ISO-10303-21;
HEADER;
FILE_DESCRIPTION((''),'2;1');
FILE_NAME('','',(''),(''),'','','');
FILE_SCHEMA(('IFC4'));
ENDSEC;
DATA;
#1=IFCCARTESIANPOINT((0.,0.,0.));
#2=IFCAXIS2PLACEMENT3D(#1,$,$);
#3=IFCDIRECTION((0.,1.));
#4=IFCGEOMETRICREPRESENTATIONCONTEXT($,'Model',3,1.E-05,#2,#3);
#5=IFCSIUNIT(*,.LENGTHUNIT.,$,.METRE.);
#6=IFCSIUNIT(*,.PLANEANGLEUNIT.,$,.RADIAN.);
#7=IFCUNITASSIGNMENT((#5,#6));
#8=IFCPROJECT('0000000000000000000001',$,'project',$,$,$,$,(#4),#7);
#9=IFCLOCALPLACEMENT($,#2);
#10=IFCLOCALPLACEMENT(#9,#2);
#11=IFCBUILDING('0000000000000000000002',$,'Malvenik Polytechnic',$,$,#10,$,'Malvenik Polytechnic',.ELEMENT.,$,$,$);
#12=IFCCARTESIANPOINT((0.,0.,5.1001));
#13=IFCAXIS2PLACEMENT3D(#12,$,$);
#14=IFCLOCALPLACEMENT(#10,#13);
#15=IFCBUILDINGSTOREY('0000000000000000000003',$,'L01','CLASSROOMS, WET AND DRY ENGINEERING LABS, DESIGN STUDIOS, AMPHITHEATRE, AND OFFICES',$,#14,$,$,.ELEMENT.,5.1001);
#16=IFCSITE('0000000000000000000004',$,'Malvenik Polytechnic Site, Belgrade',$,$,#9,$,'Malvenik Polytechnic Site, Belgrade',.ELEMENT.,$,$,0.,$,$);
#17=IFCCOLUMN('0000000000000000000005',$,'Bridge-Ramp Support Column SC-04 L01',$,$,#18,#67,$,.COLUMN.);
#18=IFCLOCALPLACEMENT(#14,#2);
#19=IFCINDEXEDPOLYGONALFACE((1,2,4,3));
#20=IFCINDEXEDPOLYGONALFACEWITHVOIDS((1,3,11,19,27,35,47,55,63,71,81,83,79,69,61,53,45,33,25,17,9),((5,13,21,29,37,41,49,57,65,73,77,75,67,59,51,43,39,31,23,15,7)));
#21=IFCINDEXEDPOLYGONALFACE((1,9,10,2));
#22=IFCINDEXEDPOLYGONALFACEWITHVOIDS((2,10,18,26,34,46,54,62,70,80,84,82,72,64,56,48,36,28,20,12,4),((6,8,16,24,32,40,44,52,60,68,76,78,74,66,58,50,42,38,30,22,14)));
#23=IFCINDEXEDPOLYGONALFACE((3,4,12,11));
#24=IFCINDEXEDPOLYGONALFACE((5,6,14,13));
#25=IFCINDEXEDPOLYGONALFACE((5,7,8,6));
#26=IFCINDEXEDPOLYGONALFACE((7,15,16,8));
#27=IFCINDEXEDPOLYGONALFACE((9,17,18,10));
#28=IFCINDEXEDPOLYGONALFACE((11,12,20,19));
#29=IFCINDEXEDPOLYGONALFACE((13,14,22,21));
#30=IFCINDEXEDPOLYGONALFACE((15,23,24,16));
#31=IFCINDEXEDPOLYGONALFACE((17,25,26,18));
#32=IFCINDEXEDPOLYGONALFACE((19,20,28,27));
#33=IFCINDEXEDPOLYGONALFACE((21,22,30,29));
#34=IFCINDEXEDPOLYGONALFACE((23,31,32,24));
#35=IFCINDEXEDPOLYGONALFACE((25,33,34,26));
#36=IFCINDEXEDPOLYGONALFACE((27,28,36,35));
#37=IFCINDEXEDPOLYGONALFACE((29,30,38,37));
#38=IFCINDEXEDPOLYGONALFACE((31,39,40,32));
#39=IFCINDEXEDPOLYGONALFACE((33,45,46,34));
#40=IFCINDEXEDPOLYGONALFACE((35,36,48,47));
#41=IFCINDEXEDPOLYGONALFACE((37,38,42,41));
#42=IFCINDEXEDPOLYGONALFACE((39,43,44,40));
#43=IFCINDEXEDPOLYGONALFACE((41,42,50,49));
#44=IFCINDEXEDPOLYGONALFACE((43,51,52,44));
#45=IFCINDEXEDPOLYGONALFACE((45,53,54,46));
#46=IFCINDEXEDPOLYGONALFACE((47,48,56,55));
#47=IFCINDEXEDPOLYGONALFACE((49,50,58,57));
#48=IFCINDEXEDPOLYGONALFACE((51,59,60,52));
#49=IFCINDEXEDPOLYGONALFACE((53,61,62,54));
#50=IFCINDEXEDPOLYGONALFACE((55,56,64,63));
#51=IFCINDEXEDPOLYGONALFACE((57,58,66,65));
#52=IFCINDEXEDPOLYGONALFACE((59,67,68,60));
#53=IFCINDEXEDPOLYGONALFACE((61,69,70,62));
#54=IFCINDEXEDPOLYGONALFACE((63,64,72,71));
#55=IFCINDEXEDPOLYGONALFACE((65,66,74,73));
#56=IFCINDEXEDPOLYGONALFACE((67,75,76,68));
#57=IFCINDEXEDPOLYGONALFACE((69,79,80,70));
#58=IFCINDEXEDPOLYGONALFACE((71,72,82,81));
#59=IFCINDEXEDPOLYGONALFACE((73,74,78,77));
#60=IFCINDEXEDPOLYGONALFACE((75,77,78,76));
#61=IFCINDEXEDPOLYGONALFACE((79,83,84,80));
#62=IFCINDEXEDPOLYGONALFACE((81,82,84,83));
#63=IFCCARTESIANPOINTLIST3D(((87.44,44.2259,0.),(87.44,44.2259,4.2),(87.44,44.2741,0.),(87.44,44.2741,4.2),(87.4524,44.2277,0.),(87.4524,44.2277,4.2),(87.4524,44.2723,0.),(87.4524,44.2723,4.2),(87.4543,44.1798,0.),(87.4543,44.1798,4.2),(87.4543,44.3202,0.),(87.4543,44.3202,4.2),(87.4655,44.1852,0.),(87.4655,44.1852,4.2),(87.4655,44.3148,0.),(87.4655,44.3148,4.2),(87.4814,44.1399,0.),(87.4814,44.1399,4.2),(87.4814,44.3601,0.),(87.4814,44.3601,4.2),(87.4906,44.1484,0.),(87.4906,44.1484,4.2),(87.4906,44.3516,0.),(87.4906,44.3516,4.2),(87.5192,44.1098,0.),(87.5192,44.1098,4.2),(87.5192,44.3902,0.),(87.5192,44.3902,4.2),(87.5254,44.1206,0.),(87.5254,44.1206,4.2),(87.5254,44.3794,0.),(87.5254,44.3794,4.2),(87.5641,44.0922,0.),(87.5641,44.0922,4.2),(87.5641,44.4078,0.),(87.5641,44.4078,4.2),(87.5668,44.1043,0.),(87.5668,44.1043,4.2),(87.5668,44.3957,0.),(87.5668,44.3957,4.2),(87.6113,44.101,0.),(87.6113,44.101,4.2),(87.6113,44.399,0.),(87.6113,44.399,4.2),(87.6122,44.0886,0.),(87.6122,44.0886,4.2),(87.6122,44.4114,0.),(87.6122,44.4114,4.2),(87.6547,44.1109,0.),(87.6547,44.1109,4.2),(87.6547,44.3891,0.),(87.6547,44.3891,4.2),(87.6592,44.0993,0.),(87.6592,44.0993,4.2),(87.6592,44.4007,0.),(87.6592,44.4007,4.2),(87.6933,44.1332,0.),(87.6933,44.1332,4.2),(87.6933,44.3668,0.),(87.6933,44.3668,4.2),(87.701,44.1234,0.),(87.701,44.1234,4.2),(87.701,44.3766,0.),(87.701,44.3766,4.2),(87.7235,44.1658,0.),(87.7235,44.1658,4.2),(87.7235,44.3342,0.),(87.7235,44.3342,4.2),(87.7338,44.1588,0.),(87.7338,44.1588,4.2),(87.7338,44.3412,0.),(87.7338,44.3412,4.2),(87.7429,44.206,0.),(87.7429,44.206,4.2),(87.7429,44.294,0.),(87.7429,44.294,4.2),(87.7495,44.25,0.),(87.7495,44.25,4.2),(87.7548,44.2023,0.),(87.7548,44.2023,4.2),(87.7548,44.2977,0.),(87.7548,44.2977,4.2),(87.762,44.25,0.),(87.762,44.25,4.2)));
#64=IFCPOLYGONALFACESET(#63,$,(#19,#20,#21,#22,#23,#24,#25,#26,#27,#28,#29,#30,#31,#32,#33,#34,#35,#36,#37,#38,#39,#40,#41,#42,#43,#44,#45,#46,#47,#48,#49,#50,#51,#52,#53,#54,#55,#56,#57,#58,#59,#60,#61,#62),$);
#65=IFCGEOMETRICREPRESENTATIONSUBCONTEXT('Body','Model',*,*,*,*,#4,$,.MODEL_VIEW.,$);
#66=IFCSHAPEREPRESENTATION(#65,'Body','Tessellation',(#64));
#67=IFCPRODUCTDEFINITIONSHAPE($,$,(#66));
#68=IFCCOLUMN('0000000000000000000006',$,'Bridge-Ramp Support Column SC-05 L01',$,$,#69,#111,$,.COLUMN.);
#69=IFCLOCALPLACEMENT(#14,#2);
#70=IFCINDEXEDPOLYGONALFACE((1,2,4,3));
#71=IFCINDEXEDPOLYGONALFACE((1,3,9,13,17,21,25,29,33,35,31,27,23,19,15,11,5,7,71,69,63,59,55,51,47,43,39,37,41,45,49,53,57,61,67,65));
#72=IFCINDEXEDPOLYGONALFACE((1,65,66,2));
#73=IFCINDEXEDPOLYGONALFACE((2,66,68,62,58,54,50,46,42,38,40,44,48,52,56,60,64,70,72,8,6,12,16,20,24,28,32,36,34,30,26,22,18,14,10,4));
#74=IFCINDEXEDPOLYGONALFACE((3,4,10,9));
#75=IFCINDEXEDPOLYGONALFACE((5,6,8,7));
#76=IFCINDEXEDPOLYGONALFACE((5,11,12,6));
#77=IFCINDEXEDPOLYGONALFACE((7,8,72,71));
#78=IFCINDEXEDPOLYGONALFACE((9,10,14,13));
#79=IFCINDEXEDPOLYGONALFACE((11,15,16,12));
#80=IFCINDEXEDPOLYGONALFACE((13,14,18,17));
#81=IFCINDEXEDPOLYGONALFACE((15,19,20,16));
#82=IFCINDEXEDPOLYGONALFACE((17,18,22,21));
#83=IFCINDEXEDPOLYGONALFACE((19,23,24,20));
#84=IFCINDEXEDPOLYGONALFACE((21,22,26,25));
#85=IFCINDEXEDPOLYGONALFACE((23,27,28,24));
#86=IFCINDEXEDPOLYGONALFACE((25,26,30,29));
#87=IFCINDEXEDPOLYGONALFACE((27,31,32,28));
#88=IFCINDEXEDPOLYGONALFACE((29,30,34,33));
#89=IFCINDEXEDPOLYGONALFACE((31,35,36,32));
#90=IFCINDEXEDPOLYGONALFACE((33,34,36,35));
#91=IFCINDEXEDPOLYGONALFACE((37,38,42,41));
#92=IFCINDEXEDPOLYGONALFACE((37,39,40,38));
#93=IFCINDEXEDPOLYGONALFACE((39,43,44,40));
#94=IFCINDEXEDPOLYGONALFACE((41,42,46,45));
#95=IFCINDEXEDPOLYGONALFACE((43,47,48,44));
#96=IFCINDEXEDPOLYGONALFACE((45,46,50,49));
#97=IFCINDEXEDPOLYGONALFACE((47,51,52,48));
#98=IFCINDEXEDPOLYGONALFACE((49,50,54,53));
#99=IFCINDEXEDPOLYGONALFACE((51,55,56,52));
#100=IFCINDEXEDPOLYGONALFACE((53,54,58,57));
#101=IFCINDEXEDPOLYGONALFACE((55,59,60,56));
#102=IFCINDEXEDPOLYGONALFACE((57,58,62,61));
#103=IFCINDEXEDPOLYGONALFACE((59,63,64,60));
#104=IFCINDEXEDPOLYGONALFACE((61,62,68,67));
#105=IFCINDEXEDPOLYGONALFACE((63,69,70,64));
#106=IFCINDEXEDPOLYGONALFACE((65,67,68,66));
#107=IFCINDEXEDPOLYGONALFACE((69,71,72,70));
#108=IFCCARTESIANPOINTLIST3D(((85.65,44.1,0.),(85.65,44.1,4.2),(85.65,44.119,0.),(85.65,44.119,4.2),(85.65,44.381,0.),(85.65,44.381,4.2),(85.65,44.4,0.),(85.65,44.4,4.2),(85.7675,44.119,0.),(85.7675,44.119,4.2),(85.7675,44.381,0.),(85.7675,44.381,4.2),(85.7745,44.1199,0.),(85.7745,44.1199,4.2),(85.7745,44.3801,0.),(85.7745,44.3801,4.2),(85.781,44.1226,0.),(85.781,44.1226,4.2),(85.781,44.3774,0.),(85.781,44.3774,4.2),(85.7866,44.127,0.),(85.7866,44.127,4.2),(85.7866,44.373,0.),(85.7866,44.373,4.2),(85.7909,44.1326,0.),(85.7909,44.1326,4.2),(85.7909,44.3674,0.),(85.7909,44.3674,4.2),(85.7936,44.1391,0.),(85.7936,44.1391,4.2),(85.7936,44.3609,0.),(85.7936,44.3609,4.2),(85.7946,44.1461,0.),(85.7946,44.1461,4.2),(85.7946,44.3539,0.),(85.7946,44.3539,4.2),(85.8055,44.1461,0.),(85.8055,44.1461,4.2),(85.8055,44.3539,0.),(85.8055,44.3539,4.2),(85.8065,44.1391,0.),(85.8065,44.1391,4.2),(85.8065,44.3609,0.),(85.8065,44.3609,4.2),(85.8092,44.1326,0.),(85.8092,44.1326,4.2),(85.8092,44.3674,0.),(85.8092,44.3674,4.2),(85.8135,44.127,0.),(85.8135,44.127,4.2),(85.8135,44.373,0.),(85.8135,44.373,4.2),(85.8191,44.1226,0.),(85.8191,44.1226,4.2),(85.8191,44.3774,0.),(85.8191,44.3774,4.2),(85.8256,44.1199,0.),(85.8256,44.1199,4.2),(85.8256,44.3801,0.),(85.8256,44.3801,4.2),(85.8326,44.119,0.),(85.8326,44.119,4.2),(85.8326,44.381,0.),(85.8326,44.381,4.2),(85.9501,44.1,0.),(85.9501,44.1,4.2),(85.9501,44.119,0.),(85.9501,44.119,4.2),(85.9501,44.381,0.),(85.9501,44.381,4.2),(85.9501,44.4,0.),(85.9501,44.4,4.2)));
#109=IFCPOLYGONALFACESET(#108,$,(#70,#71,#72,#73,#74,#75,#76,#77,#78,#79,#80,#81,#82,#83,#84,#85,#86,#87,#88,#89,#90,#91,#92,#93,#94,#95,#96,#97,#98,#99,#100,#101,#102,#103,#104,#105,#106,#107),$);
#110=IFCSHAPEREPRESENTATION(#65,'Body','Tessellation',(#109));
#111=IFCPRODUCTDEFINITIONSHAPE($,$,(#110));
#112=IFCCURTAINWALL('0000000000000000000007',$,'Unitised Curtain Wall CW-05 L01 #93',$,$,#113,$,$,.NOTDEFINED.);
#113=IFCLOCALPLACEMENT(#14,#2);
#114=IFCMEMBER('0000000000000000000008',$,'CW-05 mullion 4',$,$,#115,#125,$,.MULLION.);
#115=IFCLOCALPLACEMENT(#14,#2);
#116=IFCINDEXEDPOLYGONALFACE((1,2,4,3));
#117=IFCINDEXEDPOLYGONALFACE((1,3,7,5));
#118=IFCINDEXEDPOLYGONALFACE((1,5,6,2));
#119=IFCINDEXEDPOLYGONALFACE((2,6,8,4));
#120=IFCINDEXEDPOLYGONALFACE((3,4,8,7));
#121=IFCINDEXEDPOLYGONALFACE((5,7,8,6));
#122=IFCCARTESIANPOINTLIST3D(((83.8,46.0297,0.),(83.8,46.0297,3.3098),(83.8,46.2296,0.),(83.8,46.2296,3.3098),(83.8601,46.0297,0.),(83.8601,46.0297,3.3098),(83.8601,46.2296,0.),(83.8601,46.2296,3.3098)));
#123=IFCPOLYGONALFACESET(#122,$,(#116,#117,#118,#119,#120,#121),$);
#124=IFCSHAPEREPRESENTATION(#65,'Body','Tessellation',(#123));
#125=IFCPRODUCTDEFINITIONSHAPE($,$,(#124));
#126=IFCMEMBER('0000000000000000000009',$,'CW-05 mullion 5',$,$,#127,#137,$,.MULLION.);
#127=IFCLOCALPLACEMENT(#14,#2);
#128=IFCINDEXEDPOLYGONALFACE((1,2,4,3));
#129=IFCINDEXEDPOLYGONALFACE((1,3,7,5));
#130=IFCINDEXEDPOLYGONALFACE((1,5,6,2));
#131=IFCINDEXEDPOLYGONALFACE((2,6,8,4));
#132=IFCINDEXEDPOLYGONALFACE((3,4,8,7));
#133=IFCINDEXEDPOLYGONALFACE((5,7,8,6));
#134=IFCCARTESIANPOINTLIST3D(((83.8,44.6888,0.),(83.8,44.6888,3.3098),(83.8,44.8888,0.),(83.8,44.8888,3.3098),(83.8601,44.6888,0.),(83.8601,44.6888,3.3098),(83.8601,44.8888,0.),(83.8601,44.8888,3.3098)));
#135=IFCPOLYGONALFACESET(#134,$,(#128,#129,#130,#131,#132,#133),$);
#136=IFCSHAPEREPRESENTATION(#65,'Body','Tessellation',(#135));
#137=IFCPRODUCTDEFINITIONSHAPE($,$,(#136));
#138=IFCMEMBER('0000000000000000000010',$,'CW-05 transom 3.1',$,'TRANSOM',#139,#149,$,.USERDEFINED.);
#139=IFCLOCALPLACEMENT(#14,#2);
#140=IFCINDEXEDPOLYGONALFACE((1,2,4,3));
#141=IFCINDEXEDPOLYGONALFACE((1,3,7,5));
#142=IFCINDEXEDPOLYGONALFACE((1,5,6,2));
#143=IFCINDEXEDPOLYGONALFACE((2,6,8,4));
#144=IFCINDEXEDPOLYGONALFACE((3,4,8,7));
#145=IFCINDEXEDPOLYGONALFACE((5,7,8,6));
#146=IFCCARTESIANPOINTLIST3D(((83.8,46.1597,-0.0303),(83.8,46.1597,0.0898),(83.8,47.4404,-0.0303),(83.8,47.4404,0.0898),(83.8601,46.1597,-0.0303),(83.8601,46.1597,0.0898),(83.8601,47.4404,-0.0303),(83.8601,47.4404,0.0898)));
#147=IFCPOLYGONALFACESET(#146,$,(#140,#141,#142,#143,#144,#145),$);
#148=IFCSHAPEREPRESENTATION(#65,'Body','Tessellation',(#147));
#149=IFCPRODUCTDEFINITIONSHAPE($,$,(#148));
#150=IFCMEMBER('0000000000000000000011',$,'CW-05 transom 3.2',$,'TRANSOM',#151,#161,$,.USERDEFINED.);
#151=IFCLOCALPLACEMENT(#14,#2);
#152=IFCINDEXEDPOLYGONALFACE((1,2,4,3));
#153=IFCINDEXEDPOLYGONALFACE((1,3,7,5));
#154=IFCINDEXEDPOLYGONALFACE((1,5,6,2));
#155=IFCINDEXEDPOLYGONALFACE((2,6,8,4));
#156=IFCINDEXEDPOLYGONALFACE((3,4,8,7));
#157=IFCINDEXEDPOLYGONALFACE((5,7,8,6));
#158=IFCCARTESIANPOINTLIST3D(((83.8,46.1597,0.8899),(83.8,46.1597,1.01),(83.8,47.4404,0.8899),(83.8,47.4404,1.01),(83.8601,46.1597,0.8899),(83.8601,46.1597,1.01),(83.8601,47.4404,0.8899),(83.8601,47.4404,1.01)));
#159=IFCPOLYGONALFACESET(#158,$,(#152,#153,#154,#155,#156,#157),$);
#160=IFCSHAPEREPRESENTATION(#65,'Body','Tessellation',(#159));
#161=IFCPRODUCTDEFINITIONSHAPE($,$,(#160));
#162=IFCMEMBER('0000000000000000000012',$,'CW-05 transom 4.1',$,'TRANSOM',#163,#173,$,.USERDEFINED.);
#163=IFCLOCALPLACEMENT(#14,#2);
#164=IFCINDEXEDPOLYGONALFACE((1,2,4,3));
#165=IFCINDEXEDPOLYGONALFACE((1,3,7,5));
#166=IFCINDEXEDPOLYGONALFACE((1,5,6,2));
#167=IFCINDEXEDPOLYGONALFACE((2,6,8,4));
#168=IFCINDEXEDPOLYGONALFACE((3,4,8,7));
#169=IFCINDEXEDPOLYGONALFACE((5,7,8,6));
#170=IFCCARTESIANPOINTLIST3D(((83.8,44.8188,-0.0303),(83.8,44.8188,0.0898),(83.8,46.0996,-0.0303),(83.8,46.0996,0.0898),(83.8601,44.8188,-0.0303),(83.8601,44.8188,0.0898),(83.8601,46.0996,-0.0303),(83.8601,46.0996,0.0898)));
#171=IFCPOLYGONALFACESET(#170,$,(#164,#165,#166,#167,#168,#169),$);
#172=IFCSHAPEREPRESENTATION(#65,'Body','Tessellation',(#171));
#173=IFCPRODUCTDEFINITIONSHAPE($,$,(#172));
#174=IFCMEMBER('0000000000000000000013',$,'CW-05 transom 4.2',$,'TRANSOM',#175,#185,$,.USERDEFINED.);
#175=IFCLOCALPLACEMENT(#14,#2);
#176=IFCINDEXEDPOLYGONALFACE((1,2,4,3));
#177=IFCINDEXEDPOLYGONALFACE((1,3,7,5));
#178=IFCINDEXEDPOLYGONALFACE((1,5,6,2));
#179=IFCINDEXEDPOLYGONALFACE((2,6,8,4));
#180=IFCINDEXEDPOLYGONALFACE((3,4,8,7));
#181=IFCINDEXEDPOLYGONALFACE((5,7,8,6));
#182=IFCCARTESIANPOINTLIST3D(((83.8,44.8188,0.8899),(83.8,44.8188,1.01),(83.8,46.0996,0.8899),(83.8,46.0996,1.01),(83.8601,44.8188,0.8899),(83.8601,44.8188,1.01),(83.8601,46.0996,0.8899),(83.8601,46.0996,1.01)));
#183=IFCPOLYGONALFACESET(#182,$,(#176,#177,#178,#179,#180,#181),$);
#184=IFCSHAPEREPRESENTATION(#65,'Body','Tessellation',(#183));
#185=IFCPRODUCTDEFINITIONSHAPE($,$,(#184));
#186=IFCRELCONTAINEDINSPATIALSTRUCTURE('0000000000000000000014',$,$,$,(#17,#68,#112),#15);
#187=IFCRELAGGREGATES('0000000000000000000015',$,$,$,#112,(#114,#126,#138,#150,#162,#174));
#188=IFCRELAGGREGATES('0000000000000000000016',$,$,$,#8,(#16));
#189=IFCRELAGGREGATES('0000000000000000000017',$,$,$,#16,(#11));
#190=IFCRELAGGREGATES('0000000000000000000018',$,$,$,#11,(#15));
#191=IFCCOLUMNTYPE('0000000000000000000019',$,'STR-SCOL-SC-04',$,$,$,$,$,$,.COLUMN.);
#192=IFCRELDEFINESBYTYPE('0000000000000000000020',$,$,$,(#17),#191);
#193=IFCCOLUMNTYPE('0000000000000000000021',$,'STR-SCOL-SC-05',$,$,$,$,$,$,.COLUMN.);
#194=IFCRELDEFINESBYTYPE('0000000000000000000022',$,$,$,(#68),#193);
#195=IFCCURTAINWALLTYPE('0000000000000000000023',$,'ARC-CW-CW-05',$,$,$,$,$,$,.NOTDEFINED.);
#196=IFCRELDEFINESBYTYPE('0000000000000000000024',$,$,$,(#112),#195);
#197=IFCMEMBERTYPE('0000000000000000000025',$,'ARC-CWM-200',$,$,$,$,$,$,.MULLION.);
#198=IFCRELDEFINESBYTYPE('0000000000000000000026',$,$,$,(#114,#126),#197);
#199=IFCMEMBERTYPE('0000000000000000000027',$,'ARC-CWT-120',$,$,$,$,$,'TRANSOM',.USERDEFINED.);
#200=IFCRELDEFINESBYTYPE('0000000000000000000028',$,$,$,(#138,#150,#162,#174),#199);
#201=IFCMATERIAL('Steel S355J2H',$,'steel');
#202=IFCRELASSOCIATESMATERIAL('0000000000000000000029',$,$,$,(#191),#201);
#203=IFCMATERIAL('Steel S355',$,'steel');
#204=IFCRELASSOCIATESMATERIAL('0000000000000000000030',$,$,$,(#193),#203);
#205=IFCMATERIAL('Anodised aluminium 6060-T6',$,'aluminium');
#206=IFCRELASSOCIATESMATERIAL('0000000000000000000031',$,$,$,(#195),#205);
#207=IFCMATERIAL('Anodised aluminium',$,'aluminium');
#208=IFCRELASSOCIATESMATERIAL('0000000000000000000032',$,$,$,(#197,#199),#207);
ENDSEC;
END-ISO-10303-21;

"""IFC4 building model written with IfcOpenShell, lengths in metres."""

from ifc_helpers import new_model, si_unit, direction, frame, origin, origin_2d, place, context, subcontext, project, spatial, rectangle, hollow_circle, i_section, extrude, material, material_profile, profile_set, type_object, element, aggregate, save


model = new_model("IFC4")

# Units and contexts
model_context = context("Model", 3, precision=1e-05, world=origin(), true_north=direction((0.0, 1.0)))
body_context = subcontext(model_context, "Body", "Model", "MODEL_VIEW")
ifc_project = project(units=[si_unit("LENGTHUNIT", "METRE"), si_unit("PLANEANGLEUNIT", "RADIAN")], contexts=[model_context])

# Site, building, storey
site_placement = place(None, origin())
site = spatial("IfcSite", under=ifc_project, at=site_placement, Name="Malvenik Polytechnic Site, Belgrade", LongName="Malvenik Polytechnic Site, Belgrade", CompositionType="ELEMENT", RefElevation=0.0)
building_placement = place(site_placement, origin())
building = spatial("IfcBuilding", under=site, at=building_placement, Name="Malvenik Polytechnic", LongName="Malvenik Polytechnic", CompositionType="ELEMENT")
storey_placement = place(building_placement, frame((0.0, 0.0, 5.1001)))
storey = spatial("IfcBuildingStorey", under=building, at=storey_placement, Name="L01", Description="CLASSROOMS, WET AND DRY ENGINEERING LABS, DESIGN STUDIOS, AMPHITHEATRE, AND OFFICES", CompositionType="ELEMENT", Elevation=5.1001)

# Columns
ifc_material_1 = material(Name="Steel S355J2H", Category="steel")
ifc_material_profile_1 = material_profile(ifc_material_1, hollow_circle(Radius=0.1619, WallThickness=0.0125, at=origin_2d()), Name="CHS 323.9x12.5")
ifc_profile_set_1 = profile_set([ifc_material_profile_1], Name="Steel S355J2H")
column_type_1 = type_object("IfcColumnType", Name="STR-SCOL-SC-04", PredefinedType="COLUMN", material=ifc_profile_set_1)
column_1_placement = place(storey_placement, frame((87.6001, 44.25, 0.0), z_axis=(0.0, 0.0, 1.0), x_axis=(1.0, 0.0, 0.0)))
element("IfcColumn", 1, at=column_1_placement, inside=storey, type_object=column_type_1, Name="Bridge-Ramp Support Column SC-04 L01", PredefinedType="COLUMN", context=body_context, shape_type="SweptSolid", body=[
    extrude(hollow_circle(Radius=0.1619, WallThickness=0.0125, at=origin_2d()), origin(), (0.0, 0.0, 1.0), 4.2),
])
ifc_material_2 = material(Name="Steel S355", Category="steel")
ifc_material_profile_2 = material_profile(ifc_material_2, i_section(OverallWidth=0.3, OverallDepth=0.3, WebThickness=0.011, FlangeThickness=0.019, FilletRadius=0.0271, at=origin_2d()), Name="HEB 300")
ifc_profile_set_2 = profile_set([ifc_material_profile_2], Name="Steel S355")
column_type_2 = type_object("IfcColumnType", Name="STR-SCOL-SC-05", PredefinedType="COLUMN", material=ifc_profile_set_2)
column_2_placement = place(storey_placement, frame((85.8, 44.25, 0.0), z_axis=(0.0, 0.0, 1.0), x_axis=(1.0, 0.0, 0.0)))
element("IfcColumn", 2, at=column_2_placement, inside=storey, type_object=column_type_2, Name="Bridge-Ramp Support Column SC-05 L01", PredefinedType="COLUMN", context=body_context, shape_type="SweptSolid", body=[
    extrude(i_section(OverallWidth=0.3, OverallDepth=0.3, WebThickness=0.011, FlangeThickness=0.019, FilletRadius=0.0271, at=origin_2d()), origin(), (0.0, 0.0, 1.0), 4.2),
])

# Curtain wall, members
ifc_material_3 = material(Name="Anodised aluminium 6060-T6", Category="aluminium")
curtain_wall_type = type_object("IfcCurtainWallType", Name="ARC-CW-CW-05", PredefinedType="NOTDEFINED", material=ifc_material_3)
curtain_wall_placement = place(storey_placement, origin())
curtain_wall = element("IfcCurtainWall", 3, at=curtain_wall_placement, inside=storey, type_object=curtain_wall_type, Name="Unitised Curtain Wall CW-05 L01 #93", PredefinedType="NOTDEFINED")
ifc_material_4 = material(Name="Anodised aluminium", Category="aluminium")
ifc_material_profile_3 = material_profile(ifc_material_4, rectangle(XDim=0.0601, YDim=0.2, at=origin_2d()), Name="ALU MULLION 60x200")
ifc_profile_set_3 = profile_set([ifc_material_profile_3], Name="Anodised aluminium")
member_type_1 = type_object("IfcMemberType", Name="ARC-CWM-200", PredefinedType="MULLION", material=ifc_profile_set_3)
member_1_placement = place(storey_placement, frame((83.8301, 46.1296, 0.0), z_axis=(0.0, 0.0, 1.0), x_axis=(1.0, 0.0, 0.0)))
member_1 = element("IfcMember", 4, at=member_1_placement, type_object=member_type_1, Name="CW-05 mullion 4", PredefinedType="MULLION", context=body_context, shape_type="SweptSolid", body=[
    extrude(rectangle(XDim=0.0601, YDim=0.2, at=origin_2d()), origin(), (0.0, 0.0, 1.0), 3.3098),
])
member_2_placement = place(storey_placement, frame((83.8301, 44.7888, 0.0), z_axis=(0.0, 0.0, 1.0), x_axis=(1.0, 0.0, 0.0)))
member_2 = element("IfcMember", 5, at=member_2_placement, type_object=member_type_1, Name="CW-05 mullion 5", PredefinedType="MULLION", context=body_context, shape_type="SweptSolid", body=[
    extrude(rectangle(XDim=0.0601, YDim=0.2, at=origin_2d()), origin(), (0.0, 0.0, 1.0), 3.3098),
])
ifc_material_profile_4 = material_profile(ifc_material_4, rectangle(XDim=0.0601, YDim=0.1201, at=origin_2d()), Name="ALU TRANSOM 60x120")
ifc_profile_set_4 = profile_set([ifc_material_profile_4], Name="Anodised aluminium")
member_type_2 = type_object("IfcMemberType", Name="ARC-CWT-120", ElementType="TRANSOM", PredefinedType="USERDEFINED", material=ifc_profile_set_4)
member_3_placement = place(storey_placement, frame((83.8301, 47.4404, 0.0298), z_axis=(0.0, -1.0, 0.0), x_axis=(1.0, 0.0, 0.0)))
member_3 = element("IfcMember", 6, at=member_3_placement, type_object=member_type_2, Name="CW-05 transom 3.1", ObjectType="TRANSOM", PredefinedType="USERDEFINED", context=body_context, shape_type="SweptSolid", body=[
    extrude(rectangle(XDim=0.0601, YDim=0.1201, at=origin_2d()), origin(), (0.0, 0.0, 1.0), 1.2808),
])
member_4_placement = place(storey_placement, frame((83.8301, 47.4404, 0.95), z_axis=(0.0, -1.0, 0.0), x_axis=(1.0, 0.0, 0.0)))
member_4 = element("IfcMember", 7, at=member_4_placement, type_object=member_type_2, Name="CW-05 transom 3.2", ObjectType="TRANSOM", PredefinedType="USERDEFINED", context=body_context, shape_type="SweptSolid", body=[
    extrude(rectangle(XDim=0.0601, YDim=0.1201, at=origin_2d()), origin(), (0.0, 0.0, 1.0), 1.2808),
])
member_5_placement = place(storey_placement, frame((83.8301, 46.0996, 0.0298), z_axis=(0.0, -1.0, 0.0), x_axis=(1.0, 0.0, 0.0)))
member_5 = element("IfcMember", 8, at=member_5_placement, type_object=member_type_2, Name="CW-05 transom 4.1", ObjectType="TRANSOM", PredefinedType="USERDEFINED", context=body_context, shape_type="SweptSolid", body=[
    extrude(rectangle(XDim=0.0601, YDim=0.1201, at=origin_2d()), origin(), (0.0, 0.0, 1.0), 1.2808),
])
member_6_placement = place(storey_placement, frame((83.8301, 46.0996, 0.95), z_axis=(0.0, -1.0, 0.0), x_axis=(1.0, 0.0, 0.0)))
member_6 = element("IfcMember", 9, at=member_6_placement, type_object=member_type_2, Name="CW-05 transom 4.2", ObjectType="TRANSOM", PredefinedType="USERDEFINED", context=body_context, shape_type="SweptSolid", body=[
    extrude(rectangle(XDim=0.0601, YDim=0.1201, at=origin_2d()), origin(), (0.0, 0.0, 1.0), 1.2808),
])
aggregate(curtain_wall, [member_1, member_2, member_3, member_4, member_5, member_6])

save(model, "model.ifc")
